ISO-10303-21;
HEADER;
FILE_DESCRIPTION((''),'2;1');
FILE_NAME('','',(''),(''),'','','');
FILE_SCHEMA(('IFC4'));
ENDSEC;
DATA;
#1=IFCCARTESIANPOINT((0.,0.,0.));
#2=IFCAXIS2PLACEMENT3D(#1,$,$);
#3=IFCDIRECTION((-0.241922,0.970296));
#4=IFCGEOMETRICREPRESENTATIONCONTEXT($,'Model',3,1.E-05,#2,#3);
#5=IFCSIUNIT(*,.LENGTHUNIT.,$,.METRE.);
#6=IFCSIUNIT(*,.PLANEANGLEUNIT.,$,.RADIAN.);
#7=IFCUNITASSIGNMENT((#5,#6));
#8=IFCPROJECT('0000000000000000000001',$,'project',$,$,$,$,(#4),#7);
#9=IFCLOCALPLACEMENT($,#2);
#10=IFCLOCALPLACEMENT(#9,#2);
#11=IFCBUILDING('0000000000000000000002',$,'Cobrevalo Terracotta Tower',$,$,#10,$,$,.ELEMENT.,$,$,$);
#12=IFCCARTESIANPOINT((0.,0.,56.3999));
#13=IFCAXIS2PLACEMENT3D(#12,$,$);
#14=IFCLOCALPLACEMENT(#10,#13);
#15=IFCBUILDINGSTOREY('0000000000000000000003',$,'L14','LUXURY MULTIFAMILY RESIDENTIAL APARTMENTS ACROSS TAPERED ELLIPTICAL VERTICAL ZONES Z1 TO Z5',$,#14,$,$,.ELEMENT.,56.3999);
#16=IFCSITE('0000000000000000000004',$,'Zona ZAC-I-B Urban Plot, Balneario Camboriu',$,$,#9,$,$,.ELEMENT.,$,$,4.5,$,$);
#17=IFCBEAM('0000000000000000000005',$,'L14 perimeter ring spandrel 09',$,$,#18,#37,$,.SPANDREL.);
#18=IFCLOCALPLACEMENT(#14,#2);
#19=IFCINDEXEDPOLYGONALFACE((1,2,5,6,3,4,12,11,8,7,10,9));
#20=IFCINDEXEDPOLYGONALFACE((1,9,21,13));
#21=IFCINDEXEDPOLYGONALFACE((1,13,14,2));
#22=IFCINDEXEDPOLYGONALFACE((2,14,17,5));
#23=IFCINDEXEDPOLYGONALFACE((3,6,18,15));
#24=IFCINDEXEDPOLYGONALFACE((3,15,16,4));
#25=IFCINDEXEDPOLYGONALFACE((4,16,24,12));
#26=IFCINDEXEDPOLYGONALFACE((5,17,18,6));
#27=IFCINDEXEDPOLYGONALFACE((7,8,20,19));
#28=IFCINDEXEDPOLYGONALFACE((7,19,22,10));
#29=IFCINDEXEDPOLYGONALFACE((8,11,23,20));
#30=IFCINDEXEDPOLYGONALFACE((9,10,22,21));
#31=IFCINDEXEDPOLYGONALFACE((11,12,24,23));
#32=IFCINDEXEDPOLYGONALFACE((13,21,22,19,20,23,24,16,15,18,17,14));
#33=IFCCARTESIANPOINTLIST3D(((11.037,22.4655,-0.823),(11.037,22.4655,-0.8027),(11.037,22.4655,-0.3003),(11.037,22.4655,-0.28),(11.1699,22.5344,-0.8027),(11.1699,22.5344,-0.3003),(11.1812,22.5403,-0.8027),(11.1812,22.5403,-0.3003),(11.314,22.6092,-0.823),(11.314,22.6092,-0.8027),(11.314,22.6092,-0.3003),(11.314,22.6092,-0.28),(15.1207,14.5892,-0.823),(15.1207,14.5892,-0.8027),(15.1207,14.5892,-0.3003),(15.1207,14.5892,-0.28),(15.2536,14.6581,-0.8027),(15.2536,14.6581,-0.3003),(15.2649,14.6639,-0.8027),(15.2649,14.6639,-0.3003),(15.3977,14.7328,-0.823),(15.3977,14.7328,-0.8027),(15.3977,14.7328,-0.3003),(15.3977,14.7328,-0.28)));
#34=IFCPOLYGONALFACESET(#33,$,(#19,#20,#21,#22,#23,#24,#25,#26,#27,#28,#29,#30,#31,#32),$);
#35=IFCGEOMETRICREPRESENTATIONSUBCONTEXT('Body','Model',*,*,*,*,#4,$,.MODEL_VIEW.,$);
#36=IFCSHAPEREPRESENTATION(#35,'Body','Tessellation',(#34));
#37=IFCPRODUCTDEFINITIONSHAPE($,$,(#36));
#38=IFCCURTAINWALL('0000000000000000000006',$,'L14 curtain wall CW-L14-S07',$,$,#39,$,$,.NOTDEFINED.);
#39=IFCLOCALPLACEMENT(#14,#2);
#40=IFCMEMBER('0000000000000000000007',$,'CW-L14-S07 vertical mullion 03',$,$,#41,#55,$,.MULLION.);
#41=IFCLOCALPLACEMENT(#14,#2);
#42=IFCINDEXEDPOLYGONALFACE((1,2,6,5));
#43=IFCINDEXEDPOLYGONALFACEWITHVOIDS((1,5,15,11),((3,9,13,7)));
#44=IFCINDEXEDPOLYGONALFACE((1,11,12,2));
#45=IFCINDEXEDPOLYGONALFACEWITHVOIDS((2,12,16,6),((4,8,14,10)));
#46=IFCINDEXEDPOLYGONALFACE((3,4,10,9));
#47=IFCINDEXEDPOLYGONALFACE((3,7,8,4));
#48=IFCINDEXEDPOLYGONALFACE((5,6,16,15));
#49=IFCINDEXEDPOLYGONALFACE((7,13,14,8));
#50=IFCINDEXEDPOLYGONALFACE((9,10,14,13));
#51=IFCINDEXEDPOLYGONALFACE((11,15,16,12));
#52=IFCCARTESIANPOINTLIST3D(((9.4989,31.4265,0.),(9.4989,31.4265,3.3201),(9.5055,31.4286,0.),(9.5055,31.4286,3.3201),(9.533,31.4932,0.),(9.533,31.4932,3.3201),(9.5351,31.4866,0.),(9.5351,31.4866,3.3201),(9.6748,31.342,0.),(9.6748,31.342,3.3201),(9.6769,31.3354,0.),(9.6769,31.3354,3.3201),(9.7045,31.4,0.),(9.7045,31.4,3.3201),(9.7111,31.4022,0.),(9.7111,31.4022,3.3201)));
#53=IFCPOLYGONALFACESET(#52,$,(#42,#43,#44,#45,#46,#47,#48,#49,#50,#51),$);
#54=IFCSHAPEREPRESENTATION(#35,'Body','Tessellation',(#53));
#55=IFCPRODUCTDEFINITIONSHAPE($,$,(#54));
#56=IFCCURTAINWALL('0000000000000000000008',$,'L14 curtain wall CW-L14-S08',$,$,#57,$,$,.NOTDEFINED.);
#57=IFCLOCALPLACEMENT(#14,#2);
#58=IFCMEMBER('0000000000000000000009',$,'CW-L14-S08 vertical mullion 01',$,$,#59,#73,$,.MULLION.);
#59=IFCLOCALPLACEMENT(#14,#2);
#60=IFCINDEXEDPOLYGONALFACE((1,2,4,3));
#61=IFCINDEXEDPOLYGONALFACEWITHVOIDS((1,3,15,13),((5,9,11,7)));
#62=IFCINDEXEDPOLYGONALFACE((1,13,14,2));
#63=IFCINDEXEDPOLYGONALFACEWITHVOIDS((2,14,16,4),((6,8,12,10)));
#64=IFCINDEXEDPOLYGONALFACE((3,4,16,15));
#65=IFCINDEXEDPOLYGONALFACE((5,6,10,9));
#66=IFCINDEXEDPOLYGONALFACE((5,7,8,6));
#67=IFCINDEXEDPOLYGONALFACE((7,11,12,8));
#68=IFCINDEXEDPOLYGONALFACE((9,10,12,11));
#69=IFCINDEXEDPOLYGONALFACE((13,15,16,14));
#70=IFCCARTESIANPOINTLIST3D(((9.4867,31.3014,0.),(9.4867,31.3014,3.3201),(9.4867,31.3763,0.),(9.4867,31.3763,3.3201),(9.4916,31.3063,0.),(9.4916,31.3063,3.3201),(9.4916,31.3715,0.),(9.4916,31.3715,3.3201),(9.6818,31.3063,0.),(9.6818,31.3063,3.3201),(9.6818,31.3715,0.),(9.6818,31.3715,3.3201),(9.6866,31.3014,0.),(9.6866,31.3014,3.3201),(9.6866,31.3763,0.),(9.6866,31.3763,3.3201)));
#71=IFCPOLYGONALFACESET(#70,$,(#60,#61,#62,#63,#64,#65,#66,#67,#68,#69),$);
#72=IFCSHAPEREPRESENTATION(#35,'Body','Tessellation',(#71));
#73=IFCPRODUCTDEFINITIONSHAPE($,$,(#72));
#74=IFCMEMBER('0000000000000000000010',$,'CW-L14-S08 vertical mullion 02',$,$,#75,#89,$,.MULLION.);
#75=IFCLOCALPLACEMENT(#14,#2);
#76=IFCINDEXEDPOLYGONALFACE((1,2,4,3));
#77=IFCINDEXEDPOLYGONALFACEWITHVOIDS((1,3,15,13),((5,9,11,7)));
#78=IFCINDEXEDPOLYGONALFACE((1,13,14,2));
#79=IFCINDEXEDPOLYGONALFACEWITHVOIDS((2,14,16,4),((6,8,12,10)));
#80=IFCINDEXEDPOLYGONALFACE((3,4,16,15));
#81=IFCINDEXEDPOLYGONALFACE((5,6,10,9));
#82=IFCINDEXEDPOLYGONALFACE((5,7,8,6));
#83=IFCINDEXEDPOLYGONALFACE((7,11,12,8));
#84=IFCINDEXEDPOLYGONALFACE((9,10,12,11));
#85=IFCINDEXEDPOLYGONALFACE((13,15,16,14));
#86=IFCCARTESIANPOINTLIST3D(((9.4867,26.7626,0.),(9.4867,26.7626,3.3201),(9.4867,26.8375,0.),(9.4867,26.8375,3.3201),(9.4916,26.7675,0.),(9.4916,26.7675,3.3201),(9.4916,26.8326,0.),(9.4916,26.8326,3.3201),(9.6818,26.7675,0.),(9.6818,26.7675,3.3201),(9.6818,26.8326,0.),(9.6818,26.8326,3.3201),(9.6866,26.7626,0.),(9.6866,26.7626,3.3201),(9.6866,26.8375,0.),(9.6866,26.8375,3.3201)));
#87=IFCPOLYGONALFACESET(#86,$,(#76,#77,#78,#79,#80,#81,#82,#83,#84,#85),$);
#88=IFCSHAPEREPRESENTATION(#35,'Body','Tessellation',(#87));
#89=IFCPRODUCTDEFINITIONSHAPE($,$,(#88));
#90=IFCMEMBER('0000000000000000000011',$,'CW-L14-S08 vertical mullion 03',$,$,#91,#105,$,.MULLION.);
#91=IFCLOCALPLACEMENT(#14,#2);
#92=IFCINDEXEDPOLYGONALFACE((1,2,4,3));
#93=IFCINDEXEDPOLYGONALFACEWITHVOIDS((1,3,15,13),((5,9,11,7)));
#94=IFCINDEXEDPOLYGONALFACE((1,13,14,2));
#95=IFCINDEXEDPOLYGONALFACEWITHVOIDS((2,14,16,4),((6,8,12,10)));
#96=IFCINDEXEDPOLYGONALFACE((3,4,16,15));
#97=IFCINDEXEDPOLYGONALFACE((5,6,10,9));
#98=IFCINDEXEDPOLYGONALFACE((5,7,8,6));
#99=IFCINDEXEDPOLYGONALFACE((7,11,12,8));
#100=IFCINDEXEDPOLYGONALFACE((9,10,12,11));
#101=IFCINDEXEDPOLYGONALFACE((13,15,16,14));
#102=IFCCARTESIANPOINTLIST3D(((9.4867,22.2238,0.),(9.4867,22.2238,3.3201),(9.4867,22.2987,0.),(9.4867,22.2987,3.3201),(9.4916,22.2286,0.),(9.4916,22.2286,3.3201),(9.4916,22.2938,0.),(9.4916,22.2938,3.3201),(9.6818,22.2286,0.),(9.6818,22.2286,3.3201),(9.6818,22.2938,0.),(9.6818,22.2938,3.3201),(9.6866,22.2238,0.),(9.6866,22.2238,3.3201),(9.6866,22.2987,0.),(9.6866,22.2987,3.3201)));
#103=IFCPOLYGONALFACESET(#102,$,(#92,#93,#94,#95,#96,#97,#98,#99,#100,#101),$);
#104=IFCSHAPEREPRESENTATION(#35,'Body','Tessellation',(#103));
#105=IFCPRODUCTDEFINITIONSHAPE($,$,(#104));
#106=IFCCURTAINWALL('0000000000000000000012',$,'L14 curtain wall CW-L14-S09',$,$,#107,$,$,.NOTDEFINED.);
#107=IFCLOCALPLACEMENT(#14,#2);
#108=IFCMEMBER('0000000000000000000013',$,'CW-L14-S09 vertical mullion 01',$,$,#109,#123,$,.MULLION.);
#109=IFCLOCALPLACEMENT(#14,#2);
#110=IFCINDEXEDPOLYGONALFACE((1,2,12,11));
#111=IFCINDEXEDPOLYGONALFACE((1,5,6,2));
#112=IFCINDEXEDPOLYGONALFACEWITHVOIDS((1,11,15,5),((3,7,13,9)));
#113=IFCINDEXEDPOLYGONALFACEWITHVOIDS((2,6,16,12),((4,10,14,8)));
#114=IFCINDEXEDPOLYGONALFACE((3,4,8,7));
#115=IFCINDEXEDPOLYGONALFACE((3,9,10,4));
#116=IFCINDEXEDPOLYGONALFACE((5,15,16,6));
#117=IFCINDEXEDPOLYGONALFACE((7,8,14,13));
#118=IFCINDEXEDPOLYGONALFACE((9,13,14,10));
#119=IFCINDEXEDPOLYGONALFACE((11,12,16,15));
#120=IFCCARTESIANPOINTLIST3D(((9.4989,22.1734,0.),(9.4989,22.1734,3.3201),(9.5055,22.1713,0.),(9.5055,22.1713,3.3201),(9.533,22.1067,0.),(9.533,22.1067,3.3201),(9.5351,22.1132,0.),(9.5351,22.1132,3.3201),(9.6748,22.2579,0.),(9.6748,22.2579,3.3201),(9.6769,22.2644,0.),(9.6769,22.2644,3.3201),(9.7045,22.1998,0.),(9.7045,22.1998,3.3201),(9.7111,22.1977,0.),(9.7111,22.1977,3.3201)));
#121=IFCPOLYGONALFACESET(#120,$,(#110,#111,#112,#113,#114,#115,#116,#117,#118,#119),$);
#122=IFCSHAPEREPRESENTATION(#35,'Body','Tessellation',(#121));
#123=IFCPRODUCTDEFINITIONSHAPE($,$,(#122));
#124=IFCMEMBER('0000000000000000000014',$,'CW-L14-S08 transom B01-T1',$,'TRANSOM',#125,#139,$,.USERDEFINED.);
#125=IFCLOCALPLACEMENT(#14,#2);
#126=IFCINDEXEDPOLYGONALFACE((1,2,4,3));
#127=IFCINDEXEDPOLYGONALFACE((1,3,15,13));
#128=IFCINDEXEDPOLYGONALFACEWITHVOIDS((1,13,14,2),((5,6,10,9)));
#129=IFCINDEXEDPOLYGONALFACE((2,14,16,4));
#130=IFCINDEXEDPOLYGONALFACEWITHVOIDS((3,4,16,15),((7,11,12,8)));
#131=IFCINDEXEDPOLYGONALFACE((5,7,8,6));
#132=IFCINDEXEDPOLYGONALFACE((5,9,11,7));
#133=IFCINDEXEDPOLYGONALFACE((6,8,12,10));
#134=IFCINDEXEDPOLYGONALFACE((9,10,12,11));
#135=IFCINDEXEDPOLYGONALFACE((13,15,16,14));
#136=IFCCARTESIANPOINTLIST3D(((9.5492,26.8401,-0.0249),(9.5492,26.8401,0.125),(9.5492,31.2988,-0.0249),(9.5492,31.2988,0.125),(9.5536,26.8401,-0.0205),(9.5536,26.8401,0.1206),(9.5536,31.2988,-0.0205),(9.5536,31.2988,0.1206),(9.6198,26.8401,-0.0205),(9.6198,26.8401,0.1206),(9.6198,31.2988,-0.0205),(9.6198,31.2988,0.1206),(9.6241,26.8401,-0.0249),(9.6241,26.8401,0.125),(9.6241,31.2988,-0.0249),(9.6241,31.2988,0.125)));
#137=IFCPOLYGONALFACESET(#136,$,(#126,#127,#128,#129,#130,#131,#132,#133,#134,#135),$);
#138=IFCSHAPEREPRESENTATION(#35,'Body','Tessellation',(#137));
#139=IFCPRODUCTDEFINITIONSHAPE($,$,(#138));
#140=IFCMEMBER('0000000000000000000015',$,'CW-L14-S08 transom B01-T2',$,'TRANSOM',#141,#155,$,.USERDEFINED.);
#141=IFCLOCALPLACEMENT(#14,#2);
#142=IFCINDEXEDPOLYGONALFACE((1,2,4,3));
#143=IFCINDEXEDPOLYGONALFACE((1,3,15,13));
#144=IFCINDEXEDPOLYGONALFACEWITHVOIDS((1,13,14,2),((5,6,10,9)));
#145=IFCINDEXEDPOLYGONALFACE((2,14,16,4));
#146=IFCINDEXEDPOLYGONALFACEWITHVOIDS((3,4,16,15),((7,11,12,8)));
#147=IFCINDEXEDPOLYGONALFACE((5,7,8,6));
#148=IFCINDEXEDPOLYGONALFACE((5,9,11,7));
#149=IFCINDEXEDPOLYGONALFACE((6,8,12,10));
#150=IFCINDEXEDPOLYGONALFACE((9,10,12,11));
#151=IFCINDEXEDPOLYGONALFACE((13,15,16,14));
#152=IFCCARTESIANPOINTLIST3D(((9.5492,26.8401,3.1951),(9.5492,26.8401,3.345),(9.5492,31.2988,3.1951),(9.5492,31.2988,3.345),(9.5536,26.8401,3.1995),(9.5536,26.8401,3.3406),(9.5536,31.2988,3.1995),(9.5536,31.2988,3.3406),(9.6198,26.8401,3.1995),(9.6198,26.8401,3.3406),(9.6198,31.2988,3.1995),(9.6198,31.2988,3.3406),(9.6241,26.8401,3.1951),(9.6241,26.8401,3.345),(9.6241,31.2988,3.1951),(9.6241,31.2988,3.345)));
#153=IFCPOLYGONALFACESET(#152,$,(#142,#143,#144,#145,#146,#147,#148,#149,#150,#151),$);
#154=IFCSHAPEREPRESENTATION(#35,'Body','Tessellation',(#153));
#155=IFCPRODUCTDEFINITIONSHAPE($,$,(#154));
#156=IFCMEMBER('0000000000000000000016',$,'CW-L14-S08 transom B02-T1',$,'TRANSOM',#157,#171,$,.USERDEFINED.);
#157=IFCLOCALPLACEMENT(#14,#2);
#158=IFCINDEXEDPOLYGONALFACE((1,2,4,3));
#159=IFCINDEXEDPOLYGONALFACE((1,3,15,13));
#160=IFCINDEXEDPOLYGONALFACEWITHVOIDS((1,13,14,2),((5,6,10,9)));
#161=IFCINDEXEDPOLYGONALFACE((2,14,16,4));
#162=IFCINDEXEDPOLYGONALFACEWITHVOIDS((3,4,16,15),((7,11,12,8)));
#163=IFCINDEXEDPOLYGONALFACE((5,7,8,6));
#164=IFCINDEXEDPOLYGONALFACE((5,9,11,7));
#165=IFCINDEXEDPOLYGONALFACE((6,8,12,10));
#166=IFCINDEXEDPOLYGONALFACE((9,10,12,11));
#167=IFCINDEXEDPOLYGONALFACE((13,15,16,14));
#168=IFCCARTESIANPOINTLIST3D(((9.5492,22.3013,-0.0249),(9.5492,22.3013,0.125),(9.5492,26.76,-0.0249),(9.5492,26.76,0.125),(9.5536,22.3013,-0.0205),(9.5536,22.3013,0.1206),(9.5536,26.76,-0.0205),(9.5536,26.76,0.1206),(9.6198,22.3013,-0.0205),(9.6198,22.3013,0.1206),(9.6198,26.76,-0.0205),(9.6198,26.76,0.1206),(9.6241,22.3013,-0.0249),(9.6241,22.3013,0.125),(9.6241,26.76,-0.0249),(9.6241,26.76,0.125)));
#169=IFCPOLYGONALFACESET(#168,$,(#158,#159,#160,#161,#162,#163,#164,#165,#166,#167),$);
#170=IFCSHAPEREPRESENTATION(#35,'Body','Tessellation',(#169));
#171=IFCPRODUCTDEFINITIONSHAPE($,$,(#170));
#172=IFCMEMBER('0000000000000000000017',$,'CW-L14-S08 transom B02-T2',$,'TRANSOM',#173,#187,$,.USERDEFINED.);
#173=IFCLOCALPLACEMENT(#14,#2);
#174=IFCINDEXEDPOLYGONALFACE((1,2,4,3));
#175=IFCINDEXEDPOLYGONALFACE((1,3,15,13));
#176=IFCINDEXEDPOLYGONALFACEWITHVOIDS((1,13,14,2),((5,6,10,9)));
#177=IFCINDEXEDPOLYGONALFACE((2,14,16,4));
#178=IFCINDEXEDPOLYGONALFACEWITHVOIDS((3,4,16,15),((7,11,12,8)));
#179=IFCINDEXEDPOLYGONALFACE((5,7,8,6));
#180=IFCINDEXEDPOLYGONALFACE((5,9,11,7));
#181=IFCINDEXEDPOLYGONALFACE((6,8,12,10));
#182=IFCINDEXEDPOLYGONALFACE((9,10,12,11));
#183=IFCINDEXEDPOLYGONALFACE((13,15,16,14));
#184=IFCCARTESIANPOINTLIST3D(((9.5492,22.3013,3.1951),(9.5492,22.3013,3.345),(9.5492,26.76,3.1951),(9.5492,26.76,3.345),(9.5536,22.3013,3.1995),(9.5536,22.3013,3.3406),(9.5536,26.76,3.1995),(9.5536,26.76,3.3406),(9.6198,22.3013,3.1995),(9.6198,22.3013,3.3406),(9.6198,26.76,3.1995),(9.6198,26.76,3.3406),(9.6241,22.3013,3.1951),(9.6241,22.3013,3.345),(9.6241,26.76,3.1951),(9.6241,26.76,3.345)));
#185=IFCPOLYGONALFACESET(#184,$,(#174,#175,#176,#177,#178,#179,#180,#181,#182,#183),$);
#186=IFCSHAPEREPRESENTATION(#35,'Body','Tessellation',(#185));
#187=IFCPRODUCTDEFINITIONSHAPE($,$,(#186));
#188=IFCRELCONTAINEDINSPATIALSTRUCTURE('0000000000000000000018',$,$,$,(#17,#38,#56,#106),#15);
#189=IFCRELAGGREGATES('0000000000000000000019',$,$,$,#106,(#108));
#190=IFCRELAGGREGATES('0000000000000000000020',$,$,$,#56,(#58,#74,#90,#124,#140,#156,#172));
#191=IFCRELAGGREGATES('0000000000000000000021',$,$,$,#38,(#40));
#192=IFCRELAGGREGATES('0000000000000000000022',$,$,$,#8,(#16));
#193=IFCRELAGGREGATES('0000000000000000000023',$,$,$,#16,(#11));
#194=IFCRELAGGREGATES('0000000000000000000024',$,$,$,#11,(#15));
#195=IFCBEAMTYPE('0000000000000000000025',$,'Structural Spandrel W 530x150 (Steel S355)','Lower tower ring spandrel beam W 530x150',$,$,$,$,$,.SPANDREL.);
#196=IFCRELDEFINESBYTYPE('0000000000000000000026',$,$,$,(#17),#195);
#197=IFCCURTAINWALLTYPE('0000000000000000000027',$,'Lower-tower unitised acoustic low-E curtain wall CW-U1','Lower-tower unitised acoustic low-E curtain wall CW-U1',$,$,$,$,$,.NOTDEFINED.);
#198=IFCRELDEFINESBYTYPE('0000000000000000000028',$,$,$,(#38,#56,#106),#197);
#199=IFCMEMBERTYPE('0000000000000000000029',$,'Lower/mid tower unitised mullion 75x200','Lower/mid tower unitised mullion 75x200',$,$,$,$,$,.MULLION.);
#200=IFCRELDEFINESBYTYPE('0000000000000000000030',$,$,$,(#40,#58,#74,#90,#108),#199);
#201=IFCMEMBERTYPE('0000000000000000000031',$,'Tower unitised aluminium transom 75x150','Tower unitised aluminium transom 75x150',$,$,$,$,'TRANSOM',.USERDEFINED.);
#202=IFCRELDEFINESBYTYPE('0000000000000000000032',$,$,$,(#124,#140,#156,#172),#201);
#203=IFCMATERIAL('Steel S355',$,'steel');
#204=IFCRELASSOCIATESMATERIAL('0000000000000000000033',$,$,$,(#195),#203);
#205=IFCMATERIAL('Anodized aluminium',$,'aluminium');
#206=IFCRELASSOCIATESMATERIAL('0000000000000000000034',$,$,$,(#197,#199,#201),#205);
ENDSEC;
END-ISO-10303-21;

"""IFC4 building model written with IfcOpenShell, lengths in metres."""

from ifc_helpers import new_model, si_unit, direction, frame, origin, origin_2d, place, context, subcontext, project, spatial, hollow_rectangle, i_section, extrude, source, transform, mapped, material, material_profile, profile_set, type_object, element, aggregate, save


model = new_model("IFC4")

# Units and contexts
model_context = context("Model", 3, precision=1e-05, world=origin(), true_north=direction((-0.241922, 0.970296)))
body_context = subcontext(model_context, "Body", "Model", "MODEL_VIEW")
ifc_project = project(units=[si_unit("LENGTHUNIT", "METRE"), si_unit("PLANEANGLEUNIT", "RADIAN")], contexts=[model_context])

# Site, building, storey
site_placement = place(None, origin())
site = spatial("IfcSite", under=ifc_project, at=site_placement, Name="Zona ZAC-I-B Urban Plot, Balneario Camboriu", CompositionType="ELEMENT", RefElevation=4.5)
building_placement = place(site_placement, origin())
building = spatial("IfcBuilding", under=site, at=building_placement, Name="Cobrevalo Terracotta Tower", CompositionType="ELEMENT")
storey_placement = place(building_placement, frame((0.0, 0.0, 56.3999)))
storey = spatial("IfcBuildingStorey", under=building, at=storey_placement, Name="L14", Description="LUXURY MULTIFAMILY RESIDENTIAL APARTMENTS ACROSS TAPERED ELLIPTICAL VERTICAL ZONES Z1 TO Z5", CompositionType="ELEMENT", Elevation=56.3999)

# Shared definitions
ifc_material_1 = material(Name="Steel S355", Category="steel")

# Beam
ifc_material_profile_1 = material_profile(ifc_material_1, i_section(OverallWidth=0.312, OverallDepth=0.543, WebThickness=0.0127, FlangeThickness=0.0203, at=origin_2d()), Name="W 530x150")
ifc_profile_set_1 = profile_set([ifc_material_profile_1], Name="Steel S355")
beam_type_1 = type_object("IfcBeamType", Name="Structural Spandrel W 530x150 (Steel S355)", Description="Lower tower ring spandrel beam W 530x150", PredefinedType="SPANDREL", material=ifc_profile_set_1)
beam_1_placement = place(storey_placement, frame((11.1755, 22.5374, -0.5515), z_axis=(0.460286, -0.887771, 0.0), x_axis=(0.887771, 0.460286, 0.0)))
element("IfcBeam", 1, at=beam_1_placement, inside=storey, type_object=beam_type_1, Name="L14 perimeter ring spandrel 09", PredefinedType="SPANDREL", context=body_context, shape_type="SweptSolid", body=[
    extrude(i_section(OverallWidth=0.312, OverallDepth=0.543, WebThickness=0.0127, FlangeThickness=0.0203, at=origin_2d()), origin(), (0.0, 0.0, 1.0), 8.8721),
])

# Curtain wall, member
ifc_material_2 = material(Name="Anodized aluminium", Category="aluminium")
curtain_wall_type = type_object("IfcCurtainWallType", Name="Lower-tower unitised acoustic low-E curtain wall CW-U1", Description="Lower-tower unitised acoustic low-E curtain wall CW-U1", PredefinedType="NOTDEFINED", material=ifc_material_2)
curtain_wall_1_placement = place(storey_placement, origin())
curtain_wall_1 = element("IfcCurtainWall", 2, at=curtain_wall_1_placement, inside=storey, type_object=curtain_wall_type, Name="L14 curtain wall CW-L14-S07", PredefinedType="NOTDEFINED")
ifc_material_profile_2 = material_profile(ifc_material_2, hollow_rectangle(XDim=0.075, YDim=0.2, WallThickness=0.0049, at=origin_2d()), Name="CWM 75x200")
ifc_profile_set_2 = profile_set([ifc_material_profile_2], Name="Anodized aluminium")
member_type_1 = type_object("IfcMemberType", Name="Lower/mid tower unitised mullion 75x200", Description="Lower/mid tower unitised mullion 75x200", PredefinedType="MULLION", material=ifc_profile_set_2)
shared_shape_1 = source(origin(), body_context, "Body", "SweptSolid", [
    extrude(hollow_rectangle(XDim=0.075, YDim=0.2, WallThickness=0.0049, at=origin_2d()), origin(), (0.0, 0.0, 1.0), 3.3201),
])
member_1_placement = place(storey_placement, frame((9.605, 31.4143, 0.0), z_axis=(0.0, 0.0, 1.0), x_axis=(-0.455234, -0.890372, 0.0)))
member_1 = element("IfcMember", 3, at=member_1_placement, type_object=member_type_1, Name="CW-L14-S07 vertical mullion 03", PredefinedType="MULLION", context=body_context, shape_type="MappedRepresentation", body=[
    mapped(shared_shape_1, transform((0.0, 0.0, 0.0), scale=1.0)),
])

# Curtain wall, members
curtain_wall_2_placement = place(storey_placement, origin())
curtain_wall_2 = element("IfcCurtainWall", 4, at=curtain_wall_2_placement, inside=storey, type_object=curtain_wall_type, Name="L14 curtain wall CW-L14-S08", PredefinedType="NOTDEFINED")
member_2_placement = place(storey_placement, frame((9.5867, 31.3389, 0.0), z_axis=(0.0, 0.0, 1.0), x_axis=(0.0, -1.0, 0.0)))
member_2 = element("IfcMember", 5, at=member_2_placement, type_object=member_type_1, Name="CW-L14-S08 vertical mullion 01", PredefinedType="MULLION", context=body_context, shape_type="MappedRepresentation", body=[
    mapped(shared_shape_1, transform((0.0, 0.0, 0.0), scale=1.0)),
])
member_3_placement = place(storey_placement, frame((9.5867, 26.8, 0.0), z_axis=(0.0, 0.0, 1.0), x_axis=(0.0, -1.0, 0.0)))
member_3 = element("IfcMember", 6, at=member_3_placement, type_object=member_type_1, Name="CW-L14-S08 vertical mullion 02", PredefinedType="MULLION", context=body_context, shape_type="MappedRepresentation", body=[
    mapped(shared_shape_1, transform((0.0, 0.0, 0.0), scale=1.0)),
])
member_4_placement = place(storey_placement, frame((9.5867, 22.2612, 0.0), z_axis=(0.0, 0.0, 1.0), x_axis=(0.0, -1.0, 0.0)))
member_4 = element("IfcMember", 7, at=member_4_placement, type_object=member_type_1, Name="CW-L14-S08 vertical mullion 03", PredefinedType="MULLION", context=body_context, shape_type="MappedRepresentation", body=[
    mapped(shared_shape_1, transform((0.0, 0.0, 0.0), scale=1.0)),
])

# Curtain wall, member
curtain_wall_3_placement = place(storey_placement, origin())
curtain_wall_3 = element("IfcCurtainWall", 8, at=curtain_wall_3_placement, inside=storey, type_object=curtain_wall_type, Name="L14 curtain wall CW-L14-S09", PredefinedType="NOTDEFINED")
member_5_placement = place(storey_placement, frame((9.605, 22.1855, 0.0), z_axis=(0.0, 0.0, 1.0), x_axis=(0.455234, -0.890372, 0.0)))
member_5 = element("IfcMember", 9, at=member_5_placement, type_object=member_type_1, Name="CW-L14-S09 vertical mullion 01", PredefinedType="MULLION", context=body_context, shape_type="MappedRepresentation", body=[
    mapped(shared_shape_1, transform((0.0, 0.0, 0.0), scale=1.0)),
])
aggregate(curtain_wall_3, [member_5])

# Members
ifc_material_profile_3 = material_profile(ifc_material_2, hollow_rectangle(XDim=0.075, YDim=0.1499, WallThickness=0.0044, at=origin_2d()), Name="CWT 75x150")
ifc_profile_set_3 = profile_set([ifc_material_profile_3], Name="Anodized aluminium")
member_type_2 = type_object("IfcMemberType", Name="Tower unitised aluminium transom 75x150", Description="Tower unitised aluminium transom 75x150", ElementType="TRANSOM", PredefinedType="USERDEFINED", material=ifc_profile_set_3)
shared_shape_2 = source(origin(), body_context, "Body", "SweptSolid", [
    extrude(hollow_rectangle(XDim=0.075, YDim=0.1499, WallThickness=0.0044, at=origin_2d()), origin(), (0.0, 0.0, 1.0), 4.4587),
])
member_6_placement = place(storey_placement, frame((9.5867, 31.2988, 0.05), z_axis=(0.0, -1.0, 0.0), x_axis=(1.0, 0.0, 0.0)))
member_6 = element("IfcMember", 10, at=member_6_placement, type_object=member_type_2, Name="CW-L14-S08 transom B01-T1", ObjectType="TRANSOM", PredefinedType="USERDEFINED", context=body_context, shape_type="MappedRepresentation", body=[
    mapped(shared_shape_2, transform((0.0, 0.0, 0.0), scale=1.0)),
])
member_7_placement = place(storey_placement, frame((9.5867, 31.2988, 3.27), z_axis=(0.0, -1.0, 0.0), x_axis=(1.0, 0.0, 0.0)))
member_7 = element("IfcMember", 11, at=member_7_placement, type_object=member_type_2, Name="CW-L14-S08 transom B01-T2", ObjectType="TRANSOM", PredefinedType="USERDEFINED", context=body_context, shape_type="MappedRepresentation", body=[
    mapped(shared_shape_2, transform((0.0, 0.0, 0.0), scale=1.0)),
])
member_8_placement = place(storey_placement, frame((9.5867, 26.76, 0.05), z_axis=(0.0, -1.0, 0.0), x_axis=(1.0, 0.0, 0.0)))
member_8 = element("IfcMember", 12, at=member_8_placement, type_object=member_type_2, Name="CW-L14-S08 transom B02-T1", ObjectType="TRANSOM", PredefinedType="USERDEFINED", context=body_context, shape_type="MappedRepresentation", body=[
    mapped(shared_shape_2, transform((0.0, 0.0, 0.0), scale=1.0)),
])
member_9_placement = place(storey_placement, frame((9.5867, 26.76, 3.27), z_axis=(0.0, -1.0, 0.0), x_axis=(1.0, 0.0, 0.0)))
member_9 = element("IfcMember", 13, at=member_9_placement, type_object=member_type_2, Name="CW-L14-S08 transom B02-T2", ObjectType="TRANSOM", PredefinedType="USERDEFINED", context=body_context, shape_type="MappedRepresentation", body=[
    mapped(shared_shape_2, transform((0.0, 0.0, 0.0), scale=1.0)),
])

aggregate(curtain_wall_2, [member_2, member_3, member_4, member_6, member_7, member_8, member_9])
aggregate(curtain_wall_1, [member_1])

save(model, "model.ifc")
